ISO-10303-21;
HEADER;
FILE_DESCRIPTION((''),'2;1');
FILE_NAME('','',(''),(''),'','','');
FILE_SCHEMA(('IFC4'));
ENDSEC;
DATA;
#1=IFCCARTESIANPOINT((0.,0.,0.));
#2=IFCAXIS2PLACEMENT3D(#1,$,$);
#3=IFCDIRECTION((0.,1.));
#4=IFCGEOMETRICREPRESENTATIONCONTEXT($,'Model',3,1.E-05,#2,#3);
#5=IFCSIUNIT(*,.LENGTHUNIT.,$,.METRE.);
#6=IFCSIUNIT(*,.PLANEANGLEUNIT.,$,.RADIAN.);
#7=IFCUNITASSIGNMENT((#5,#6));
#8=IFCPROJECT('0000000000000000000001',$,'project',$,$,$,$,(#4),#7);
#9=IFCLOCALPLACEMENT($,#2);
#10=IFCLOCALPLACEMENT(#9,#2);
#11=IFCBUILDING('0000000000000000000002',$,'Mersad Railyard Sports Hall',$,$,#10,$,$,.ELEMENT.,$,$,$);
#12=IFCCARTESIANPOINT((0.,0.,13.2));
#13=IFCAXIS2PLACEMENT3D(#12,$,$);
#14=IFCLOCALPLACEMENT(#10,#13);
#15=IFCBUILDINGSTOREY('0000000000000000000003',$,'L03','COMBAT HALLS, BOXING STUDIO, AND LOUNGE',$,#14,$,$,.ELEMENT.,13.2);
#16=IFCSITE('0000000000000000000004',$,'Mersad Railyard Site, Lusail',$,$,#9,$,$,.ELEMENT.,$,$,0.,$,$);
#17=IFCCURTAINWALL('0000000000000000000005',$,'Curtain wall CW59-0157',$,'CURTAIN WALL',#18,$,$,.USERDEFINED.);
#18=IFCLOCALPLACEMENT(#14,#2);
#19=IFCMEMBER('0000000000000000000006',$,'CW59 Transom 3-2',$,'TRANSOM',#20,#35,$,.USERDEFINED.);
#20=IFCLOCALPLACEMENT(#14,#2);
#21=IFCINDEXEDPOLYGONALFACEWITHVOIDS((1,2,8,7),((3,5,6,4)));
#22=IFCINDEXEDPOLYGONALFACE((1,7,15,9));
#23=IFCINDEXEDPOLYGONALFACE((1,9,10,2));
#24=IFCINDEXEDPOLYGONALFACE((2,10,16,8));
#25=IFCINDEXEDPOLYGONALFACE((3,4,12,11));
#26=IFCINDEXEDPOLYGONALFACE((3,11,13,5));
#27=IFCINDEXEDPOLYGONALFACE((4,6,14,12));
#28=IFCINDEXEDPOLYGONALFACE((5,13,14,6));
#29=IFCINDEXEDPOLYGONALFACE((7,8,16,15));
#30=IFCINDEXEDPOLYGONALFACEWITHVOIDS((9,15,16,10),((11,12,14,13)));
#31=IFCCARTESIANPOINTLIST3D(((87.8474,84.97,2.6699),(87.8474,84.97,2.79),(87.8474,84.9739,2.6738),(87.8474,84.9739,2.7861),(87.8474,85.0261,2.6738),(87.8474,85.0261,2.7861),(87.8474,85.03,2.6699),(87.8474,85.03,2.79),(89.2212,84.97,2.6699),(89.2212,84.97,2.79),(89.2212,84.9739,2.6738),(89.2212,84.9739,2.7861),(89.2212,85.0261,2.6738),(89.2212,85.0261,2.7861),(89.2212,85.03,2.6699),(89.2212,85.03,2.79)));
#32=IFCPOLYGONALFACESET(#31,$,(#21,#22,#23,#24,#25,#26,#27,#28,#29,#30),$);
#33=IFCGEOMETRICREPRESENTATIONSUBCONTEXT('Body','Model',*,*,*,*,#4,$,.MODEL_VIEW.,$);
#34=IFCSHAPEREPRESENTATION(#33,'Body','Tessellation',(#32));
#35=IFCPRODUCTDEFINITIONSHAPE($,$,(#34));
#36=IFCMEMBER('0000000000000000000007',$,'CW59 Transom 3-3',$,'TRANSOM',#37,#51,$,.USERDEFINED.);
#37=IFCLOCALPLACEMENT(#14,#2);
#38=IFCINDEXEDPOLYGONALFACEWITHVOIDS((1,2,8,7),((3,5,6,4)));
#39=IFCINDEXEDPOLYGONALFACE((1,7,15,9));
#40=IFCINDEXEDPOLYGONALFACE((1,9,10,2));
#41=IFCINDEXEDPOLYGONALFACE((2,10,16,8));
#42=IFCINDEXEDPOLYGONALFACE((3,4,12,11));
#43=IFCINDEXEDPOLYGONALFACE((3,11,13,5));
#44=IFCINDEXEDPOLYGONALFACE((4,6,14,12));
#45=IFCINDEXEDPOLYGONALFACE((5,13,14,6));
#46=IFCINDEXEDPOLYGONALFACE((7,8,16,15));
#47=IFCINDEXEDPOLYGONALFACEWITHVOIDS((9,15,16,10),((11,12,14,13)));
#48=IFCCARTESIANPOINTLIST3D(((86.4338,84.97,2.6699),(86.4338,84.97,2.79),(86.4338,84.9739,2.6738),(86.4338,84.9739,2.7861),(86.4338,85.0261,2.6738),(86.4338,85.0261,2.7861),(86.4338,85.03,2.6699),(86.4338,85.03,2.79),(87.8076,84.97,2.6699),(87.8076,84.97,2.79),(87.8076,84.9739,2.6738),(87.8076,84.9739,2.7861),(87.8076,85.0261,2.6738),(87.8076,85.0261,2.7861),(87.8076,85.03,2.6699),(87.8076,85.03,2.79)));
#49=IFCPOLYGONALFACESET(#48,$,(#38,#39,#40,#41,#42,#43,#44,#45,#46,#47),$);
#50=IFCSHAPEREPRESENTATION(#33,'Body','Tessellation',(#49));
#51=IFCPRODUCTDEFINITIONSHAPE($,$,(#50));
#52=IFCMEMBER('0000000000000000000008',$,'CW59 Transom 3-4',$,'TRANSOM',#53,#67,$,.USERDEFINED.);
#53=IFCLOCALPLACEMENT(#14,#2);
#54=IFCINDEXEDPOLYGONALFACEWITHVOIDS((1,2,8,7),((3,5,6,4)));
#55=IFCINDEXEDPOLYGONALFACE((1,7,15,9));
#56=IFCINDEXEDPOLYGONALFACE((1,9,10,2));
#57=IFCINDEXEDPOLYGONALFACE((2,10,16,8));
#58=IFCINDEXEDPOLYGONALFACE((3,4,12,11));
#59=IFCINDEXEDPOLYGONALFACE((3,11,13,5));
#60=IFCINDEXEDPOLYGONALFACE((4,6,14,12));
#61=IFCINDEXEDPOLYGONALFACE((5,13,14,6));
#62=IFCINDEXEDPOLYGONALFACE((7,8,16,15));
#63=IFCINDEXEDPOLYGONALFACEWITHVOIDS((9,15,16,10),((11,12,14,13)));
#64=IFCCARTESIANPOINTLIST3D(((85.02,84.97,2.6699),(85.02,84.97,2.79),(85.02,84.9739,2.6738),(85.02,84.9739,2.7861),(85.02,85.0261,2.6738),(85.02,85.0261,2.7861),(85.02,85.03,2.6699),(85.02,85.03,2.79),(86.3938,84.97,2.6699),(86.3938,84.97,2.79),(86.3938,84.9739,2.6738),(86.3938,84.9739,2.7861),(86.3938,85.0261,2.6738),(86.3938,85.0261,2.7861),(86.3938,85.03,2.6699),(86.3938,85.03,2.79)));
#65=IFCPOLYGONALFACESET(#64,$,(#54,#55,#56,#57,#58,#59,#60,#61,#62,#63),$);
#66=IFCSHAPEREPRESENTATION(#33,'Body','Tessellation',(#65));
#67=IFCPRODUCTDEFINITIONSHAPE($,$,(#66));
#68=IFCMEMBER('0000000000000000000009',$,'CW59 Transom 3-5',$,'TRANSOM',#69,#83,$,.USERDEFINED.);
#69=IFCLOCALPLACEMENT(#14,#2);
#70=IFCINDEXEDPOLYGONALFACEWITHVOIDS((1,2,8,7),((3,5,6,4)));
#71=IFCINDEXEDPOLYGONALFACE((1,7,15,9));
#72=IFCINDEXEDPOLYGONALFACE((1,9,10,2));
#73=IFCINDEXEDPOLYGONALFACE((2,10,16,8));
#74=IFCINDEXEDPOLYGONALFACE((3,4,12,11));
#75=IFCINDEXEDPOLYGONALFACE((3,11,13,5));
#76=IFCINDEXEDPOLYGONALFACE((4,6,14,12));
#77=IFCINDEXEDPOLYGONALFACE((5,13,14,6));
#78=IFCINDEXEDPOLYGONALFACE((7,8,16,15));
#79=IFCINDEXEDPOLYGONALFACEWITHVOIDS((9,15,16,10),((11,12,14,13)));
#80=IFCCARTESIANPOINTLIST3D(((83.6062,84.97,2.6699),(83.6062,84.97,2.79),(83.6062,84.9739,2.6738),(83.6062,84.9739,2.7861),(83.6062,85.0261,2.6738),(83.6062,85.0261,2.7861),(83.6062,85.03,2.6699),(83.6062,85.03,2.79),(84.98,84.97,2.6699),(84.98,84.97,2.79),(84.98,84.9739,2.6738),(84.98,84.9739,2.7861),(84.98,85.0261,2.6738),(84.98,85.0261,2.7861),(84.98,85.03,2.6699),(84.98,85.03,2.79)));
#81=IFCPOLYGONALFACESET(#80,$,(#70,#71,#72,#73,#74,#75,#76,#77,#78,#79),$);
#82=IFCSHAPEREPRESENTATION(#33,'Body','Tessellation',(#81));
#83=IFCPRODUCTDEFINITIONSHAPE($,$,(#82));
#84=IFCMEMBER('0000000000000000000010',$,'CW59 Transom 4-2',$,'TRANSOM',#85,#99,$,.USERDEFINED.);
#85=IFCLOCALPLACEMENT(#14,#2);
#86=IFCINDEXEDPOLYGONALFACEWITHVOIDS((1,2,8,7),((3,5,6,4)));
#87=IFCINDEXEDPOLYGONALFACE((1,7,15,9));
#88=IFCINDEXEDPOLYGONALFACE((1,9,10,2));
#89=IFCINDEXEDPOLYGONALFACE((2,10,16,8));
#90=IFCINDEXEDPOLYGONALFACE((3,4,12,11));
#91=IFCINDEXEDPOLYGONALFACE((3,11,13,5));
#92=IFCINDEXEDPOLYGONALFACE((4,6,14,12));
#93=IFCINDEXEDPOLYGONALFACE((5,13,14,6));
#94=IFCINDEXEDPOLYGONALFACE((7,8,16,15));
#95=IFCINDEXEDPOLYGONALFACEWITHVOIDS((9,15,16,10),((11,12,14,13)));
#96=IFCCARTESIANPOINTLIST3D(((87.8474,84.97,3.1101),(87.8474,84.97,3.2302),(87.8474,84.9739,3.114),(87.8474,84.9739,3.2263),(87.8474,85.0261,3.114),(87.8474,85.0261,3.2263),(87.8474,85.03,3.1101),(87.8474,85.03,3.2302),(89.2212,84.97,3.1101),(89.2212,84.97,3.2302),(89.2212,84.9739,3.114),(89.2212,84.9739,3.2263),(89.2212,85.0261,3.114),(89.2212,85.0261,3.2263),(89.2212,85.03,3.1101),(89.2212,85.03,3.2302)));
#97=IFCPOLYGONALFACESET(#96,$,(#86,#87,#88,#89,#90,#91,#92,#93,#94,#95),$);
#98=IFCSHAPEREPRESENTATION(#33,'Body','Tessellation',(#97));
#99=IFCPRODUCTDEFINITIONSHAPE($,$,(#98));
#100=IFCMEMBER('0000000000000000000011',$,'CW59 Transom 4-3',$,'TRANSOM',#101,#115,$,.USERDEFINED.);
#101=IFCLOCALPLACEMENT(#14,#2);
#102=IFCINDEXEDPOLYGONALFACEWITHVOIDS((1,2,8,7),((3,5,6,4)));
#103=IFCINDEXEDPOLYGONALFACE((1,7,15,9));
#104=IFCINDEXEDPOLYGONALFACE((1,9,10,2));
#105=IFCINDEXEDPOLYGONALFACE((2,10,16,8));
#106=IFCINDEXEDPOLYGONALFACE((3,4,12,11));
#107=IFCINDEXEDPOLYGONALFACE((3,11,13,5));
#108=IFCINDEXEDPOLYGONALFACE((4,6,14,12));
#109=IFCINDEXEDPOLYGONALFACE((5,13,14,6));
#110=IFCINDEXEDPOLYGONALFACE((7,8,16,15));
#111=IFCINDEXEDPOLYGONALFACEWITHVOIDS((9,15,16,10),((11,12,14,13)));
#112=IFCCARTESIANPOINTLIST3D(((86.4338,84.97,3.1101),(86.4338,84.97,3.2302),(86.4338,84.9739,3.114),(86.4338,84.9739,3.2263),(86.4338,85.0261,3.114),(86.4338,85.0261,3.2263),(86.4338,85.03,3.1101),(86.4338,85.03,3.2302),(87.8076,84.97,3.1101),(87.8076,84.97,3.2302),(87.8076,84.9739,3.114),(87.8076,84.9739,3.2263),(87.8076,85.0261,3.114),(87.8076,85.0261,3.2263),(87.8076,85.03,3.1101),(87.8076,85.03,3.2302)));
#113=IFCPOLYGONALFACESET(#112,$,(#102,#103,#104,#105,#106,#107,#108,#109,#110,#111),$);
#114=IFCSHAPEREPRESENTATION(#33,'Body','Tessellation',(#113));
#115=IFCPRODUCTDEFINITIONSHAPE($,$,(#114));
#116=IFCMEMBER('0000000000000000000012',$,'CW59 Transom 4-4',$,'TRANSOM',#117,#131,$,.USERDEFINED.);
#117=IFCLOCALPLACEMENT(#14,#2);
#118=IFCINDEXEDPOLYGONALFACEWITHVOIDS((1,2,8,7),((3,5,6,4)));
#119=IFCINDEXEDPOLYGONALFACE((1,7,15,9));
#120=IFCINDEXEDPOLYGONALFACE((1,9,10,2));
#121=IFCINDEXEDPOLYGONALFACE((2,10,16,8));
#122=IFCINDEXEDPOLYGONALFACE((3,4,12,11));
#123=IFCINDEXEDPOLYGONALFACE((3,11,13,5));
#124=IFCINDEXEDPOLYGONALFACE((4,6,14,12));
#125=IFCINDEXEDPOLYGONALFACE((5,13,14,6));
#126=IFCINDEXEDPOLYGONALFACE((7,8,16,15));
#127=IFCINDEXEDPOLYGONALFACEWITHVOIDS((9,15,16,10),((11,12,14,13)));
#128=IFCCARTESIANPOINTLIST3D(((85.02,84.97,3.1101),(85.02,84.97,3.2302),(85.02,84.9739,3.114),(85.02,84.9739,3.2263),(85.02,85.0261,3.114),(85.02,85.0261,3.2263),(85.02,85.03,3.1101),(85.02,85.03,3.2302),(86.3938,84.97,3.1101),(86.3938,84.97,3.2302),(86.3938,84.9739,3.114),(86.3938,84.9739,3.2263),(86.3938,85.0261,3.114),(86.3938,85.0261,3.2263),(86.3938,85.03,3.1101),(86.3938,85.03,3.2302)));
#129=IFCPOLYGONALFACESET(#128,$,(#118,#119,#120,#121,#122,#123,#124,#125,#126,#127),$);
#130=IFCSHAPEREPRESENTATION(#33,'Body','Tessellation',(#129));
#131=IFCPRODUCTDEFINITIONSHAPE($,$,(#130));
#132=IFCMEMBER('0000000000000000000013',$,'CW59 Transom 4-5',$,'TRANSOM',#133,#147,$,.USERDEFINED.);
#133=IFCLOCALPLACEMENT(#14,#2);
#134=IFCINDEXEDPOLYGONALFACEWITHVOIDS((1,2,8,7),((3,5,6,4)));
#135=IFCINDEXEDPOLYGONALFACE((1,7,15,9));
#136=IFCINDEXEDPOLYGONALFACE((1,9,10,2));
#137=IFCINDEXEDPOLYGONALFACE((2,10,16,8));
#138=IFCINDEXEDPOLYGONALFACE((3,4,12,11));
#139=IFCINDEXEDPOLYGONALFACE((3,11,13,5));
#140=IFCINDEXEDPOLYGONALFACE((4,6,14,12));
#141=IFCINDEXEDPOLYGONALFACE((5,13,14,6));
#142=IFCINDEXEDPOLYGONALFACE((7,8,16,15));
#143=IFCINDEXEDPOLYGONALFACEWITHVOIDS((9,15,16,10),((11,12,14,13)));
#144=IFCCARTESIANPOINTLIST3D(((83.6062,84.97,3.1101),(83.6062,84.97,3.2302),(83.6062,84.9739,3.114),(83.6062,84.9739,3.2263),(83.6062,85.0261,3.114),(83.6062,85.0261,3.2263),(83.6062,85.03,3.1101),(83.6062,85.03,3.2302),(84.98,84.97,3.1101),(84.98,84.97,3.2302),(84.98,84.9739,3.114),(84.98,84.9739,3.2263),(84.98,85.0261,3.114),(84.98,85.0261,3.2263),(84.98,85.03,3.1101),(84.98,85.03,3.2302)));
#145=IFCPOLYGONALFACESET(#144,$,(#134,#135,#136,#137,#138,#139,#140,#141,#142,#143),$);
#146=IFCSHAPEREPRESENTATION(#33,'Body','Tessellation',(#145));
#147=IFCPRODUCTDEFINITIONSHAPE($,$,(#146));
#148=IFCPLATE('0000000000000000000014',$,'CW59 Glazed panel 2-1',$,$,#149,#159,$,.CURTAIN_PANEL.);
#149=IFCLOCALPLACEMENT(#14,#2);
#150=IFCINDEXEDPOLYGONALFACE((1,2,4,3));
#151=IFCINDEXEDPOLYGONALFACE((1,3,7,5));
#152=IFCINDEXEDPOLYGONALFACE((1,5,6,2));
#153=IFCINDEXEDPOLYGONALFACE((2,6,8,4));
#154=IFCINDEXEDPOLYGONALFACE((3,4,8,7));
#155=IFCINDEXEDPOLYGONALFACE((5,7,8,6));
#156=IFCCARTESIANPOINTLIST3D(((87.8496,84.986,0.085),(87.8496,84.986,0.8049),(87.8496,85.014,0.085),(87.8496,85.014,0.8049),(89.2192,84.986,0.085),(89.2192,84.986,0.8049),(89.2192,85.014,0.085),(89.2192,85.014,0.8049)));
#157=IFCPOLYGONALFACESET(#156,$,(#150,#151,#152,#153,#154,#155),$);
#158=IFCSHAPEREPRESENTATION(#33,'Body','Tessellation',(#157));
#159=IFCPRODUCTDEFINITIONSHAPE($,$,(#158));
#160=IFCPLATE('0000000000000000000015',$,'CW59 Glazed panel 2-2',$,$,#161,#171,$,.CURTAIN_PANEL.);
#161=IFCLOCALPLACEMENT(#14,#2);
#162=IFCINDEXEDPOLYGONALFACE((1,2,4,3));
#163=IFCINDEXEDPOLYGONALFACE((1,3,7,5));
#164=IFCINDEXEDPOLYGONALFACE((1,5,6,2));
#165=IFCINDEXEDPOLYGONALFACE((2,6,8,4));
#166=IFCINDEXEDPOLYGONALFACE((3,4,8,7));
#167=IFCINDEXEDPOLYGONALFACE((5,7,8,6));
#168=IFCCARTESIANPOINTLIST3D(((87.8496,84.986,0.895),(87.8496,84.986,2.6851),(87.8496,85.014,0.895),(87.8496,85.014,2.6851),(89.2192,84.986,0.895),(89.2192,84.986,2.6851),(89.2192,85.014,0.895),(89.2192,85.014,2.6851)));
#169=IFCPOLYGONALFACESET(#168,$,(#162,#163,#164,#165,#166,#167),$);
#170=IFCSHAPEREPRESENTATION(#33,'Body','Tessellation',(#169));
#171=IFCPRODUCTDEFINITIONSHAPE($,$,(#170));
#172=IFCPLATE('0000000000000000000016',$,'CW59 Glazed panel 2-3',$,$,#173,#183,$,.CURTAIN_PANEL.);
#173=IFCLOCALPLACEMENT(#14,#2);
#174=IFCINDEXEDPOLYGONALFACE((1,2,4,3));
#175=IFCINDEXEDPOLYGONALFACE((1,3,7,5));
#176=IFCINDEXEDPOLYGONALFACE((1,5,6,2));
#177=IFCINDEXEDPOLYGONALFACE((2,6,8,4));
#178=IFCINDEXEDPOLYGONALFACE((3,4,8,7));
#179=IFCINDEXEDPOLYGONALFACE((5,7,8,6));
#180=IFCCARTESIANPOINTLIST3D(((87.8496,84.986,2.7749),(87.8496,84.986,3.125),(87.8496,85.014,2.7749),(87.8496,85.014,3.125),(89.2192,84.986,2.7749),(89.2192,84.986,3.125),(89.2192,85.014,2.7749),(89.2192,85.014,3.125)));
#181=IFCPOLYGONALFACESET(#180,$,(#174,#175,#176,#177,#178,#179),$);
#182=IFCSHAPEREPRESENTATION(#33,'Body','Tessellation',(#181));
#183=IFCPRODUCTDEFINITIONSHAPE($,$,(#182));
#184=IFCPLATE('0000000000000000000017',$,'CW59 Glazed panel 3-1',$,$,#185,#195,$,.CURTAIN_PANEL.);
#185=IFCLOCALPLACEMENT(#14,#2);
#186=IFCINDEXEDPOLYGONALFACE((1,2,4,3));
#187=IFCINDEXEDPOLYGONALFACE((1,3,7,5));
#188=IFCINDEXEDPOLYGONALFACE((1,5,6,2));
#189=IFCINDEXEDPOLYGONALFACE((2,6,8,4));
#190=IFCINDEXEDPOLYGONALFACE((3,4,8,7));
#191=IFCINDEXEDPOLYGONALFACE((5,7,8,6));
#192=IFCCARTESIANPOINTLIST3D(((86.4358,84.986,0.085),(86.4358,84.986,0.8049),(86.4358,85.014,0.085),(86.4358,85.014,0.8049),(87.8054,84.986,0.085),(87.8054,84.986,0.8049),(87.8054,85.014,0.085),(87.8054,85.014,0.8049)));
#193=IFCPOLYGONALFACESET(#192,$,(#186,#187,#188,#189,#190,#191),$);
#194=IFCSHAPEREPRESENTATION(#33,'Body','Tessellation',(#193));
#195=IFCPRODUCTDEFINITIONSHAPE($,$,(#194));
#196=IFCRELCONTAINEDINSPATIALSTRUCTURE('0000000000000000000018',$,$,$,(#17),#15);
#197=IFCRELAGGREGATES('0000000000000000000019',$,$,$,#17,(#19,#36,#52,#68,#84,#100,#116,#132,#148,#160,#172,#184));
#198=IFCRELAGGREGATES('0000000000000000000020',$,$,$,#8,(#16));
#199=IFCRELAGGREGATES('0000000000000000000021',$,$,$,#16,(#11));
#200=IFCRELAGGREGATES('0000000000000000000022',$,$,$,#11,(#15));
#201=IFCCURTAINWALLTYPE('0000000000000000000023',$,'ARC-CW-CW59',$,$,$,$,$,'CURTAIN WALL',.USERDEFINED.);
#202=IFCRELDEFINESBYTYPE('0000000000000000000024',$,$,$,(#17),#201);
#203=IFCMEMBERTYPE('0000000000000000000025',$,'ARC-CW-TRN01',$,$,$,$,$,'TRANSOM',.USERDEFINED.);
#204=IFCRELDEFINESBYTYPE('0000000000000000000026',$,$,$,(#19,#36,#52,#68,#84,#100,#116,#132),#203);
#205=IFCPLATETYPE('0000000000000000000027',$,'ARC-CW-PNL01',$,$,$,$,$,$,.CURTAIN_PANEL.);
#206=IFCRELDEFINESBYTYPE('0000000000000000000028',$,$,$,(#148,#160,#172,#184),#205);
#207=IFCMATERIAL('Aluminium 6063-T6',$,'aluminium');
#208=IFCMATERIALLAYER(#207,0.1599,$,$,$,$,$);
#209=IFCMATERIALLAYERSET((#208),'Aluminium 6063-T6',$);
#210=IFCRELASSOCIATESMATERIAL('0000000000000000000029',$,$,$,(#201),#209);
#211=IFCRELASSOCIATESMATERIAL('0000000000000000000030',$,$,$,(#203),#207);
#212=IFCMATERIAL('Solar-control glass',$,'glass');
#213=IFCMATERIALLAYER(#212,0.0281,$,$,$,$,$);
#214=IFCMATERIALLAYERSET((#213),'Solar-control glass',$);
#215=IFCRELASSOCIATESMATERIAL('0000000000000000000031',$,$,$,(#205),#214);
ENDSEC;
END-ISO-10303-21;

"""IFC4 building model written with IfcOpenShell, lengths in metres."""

from ifc_helpers import new_model, si_unit, direction, frame, origin, origin_2d, place, context, subcontext, project, spatial, rectangle, hollow_rectangle, extrude, material, layer, layer_set, material_profile, profile_set, type_object, element, aggregate, save


model = new_model("IFC4")

# Units and contexts
model_context = context("Model", 3, precision=1e-05, world=origin(), true_north=direction((0.0, 1.0)))
body_context = subcontext(model_context, "Body", "Model", "MODEL_VIEW")
ifc_project = project(units=[si_unit("LENGTHUNIT", "METRE"), si_unit("PLANEANGLEUNIT", "RADIAN")], contexts=[model_context])

# Site, building, storey
site_placement = place(None, origin())
site = spatial("IfcSite", under=ifc_project, at=site_placement, Name="Mersad Railyard Site, Lusail", CompositionType="ELEMENT", RefElevation=0.0)
building_placement = place(site_placement, origin())
building = spatial("IfcBuilding", under=site, at=building_placement, Name="Mersad Railyard Sports Hall", CompositionType="ELEMENT")
storey_placement = place(building_placement, frame((0.0, 0.0, 13.2)))
storey = spatial("IfcBuildingStorey", under=building, at=storey_placement, Name="L03", Description="COMBAT HALLS, BOXING STUDIO, AND LOUNGE", CompositionType="ELEMENT", Elevation=13.2)

# Curtain wall, members, plates
ifc_material_1 = material(Name="Aluminium 6063-T6", Category="aluminium")
ifc_layer_1 = layer(ifc_material_1, 0.1599)
ifc_layer_set_1 = layer_set([ifc_layer_1], Name="Aluminium 6063-T6")
curtain_wall_type = type_object("IfcCurtainWallType", Name="ARC-CW-CW59", ElementType="CURTAIN WALL", PredefinedType="USERDEFINED", material=ifc_layer_set_1)
curtain_wall_placement = place(storey_placement, origin())
curtain_wall = element("IfcCurtainWall", 1, at=curtain_wall_placement, inside=storey, type_object=curtain_wall_type, Name="Curtain wall CW59-0157", ObjectType="CURTAIN WALL", PredefinedType="USERDEFINED")
ifc_material_profile_1 = material_profile(ifc_material_1, hollow_rectangle(XDim=0.0601, YDim=0.1201, WallThickness=0.0039, at=origin_2d()), Name="AL TRANSOM 60x120x4")
ifc_profile_set_1 = profile_set([ifc_material_profile_1], Name="Aluminium 6063-T6")
member_type_1 = type_object("IfcMemberType", Name="ARC-CW-TRN01", ElementType="TRANSOM", PredefinedType="USERDEFINED", material=ifc_profile_set_1)
member_1_placement = place(storey_placement, frame((89.2212, 85.0, 2.73), z_axis=(-1.0, 0.0, 0.0), x_axis=(0.0, -1.0, 0.0)))
member_1 = element("IfcMember", 2, at=member_1_placement, type_object=member_type_1, Name="CW59 Transom 3-2", ObjectType="TRANSOM", PredefinedType="USERDEFINED", context=body_context, shape_type="SweptSolid", body=[
    extrude(hollow_rectangle(XDim=0.0601, YDim=0.1201, WallThickness=0.0039, at=origin_2d()), origin(), (0.0, 0.0, 1.0), 1.3738),
])
member_2_placement = place(storey_placement, frame((87.8076, 85.0, 2.73), z_axis=(-1.0, 0.0, 0.0), x_axis=(0.0, -1.0, 0.0)))
member_2 = element("IfcMember", 3, at=member_2_placement, type_object=member_type_1, Name="CW59 Transom 3-3", ObjectType="TRANSOM", PredefinedType="USERDEFINED", context=body_context, shape_type="SweptSolid", body=[
    extrude(hollow_rectangle(XDim=0.0601, YDim=0.1201, WallThickness=0.0039, at=origin_2d()), origin(), (0.0, 0.0, 1.0), 1.3738),
])
member_3_placement = place(storey_placement, frame((86.3938, 85.0, 2.73), z_axis=(-1.0, 0.0, 0.0), x_axis=(0.0, -1.0, 0.0)))
member_3 = element("IfcMember", 4, at=member_3_placement, type_object=member_type_1, Name="CW59 Transom 3-4", ObjectType="TRANSOM", PredefinedType="USERDEFINED", context=body_context, shape_type="SweptSolid", body=[
    extrude(hollow_rectangle(XDim=0.0601, YDim=0.1201, WallThickness=0.0039, at=origin_2d()), origin(), (0.0, 0.0, 1.0), 1.3738),
])
member_4_placement = place(storey_placement, frame((84.98, 85.0, 2.73), z_axis=(-1.0, 0.0, 0.0), x_axis=(0.0, -1.0, 0.0)))
member_4 = element("IfcMember", 5, at=member_4_placement, type_object=member_type_1, Name="CW59 Transom 3-5", ObjectType="TRANSOM", PredefinedType="USERDEFINED", context=body_context, shape_type="SweptSolid", body=[
    extrude(hollow_rectangle(XDim=0.0601, YDim=0.1201, WallThickness=0.0039, at=origin_2d()), origin(), (0.0, 0.0, 1.0), 1.3738),
])
member_5_placement = place(storey_placement, frame((89.2212, 85.0, 3.1702), z_axis=(-1.0, 0.0, 0.0), x_axis=(0.0, -1.0, 0.0)))
member_5 = element("IfcMember", 6, at=member_5_placement, type_object=member_type_1, Name="CW59 Transom 4-2", ObjectType="TRANSOM", PredefinedType="USERDEFINED", context=body_context, shape_type="SweptSolid", body=[
    extrude(hollow_rectangle(XDim=0.0601, YDim=0.1201, WallThickness=0.0039, at=origin_2d()), origin(), (0.0, 0.0, 1.0), 1.3738),
])
member_6_placement = place(storey_placement, frame((87.8076, 85.0, 3.1702), z_axis=(-1.0, 0.0, 0.0), x_axis=(0.0, -1.0, 0.0)))
member_6 = element("IfcMember", 7, at=member_6_placement, type_object=member_type_1, Name="CW59 Transom 4-3", ObjectType="TRANSOM", PredefinedType="USERDEFINED", context=body_context, shape_type="SweptSolid", body=[
    extrude(hollow_rectangle(XDim=0.0601, YDim=0.1201, WallThickness=0.0039, at=origin_2d()), origin(), (0.0, 0.0, 1.0), 1.3738),
])
member_7_placement = place(storey_placement, frame((86.3938, 85.0, 3.1702), z_axis=(-1.0, 0.0, 0.0), x_axis=(0.0, -1.0, 0.0)))
member_7 = element("IfcMember", 8, at=member_7_placement, type_object=member_type_1, Name="CW59 Transom 4-4", ObjectType="TRANSOM", PredefinedType="USERDEFINED", context=body_context, shape_type="SweptSolid", body=[
    extrude(hollow_rectangle(XDim=0.0601, YDim=0.1201, WallThickness=0.0039, at=origin_2d()), origin(), (0.0, 0.0, 1.0), 1.3738),
])
member_8_placement = place(storey_placement, frame((84.98, 85.0, 3.1702), z_axis=(-1.0, 0.0, 0.0), x_axis=(0.0, -1.0, 0.0)))
member_8 = element("IfcMember", 9, at=member_8_placement, type_object=member_type_1, Name="CW59 Transom 4-5", ObjectType="TRANSOM", PredefinedType="USERDEFINED", context=body_context, shape_type="SweptSolid", body=[
    extrude(hollow_rectangle(XDim=0.0601, YDim=0.1201, WallThickness=0.0039, at=origin_2d()), origin(), (0.0, 0.0, 1.0), 1.3738),
])
ifc_material_2 = material(Name="Solar-control glass", Category="glass")
ifc_layer_2 = layer(ifc_material_2, 0.0281)
ifc_layer_set_2 = layer_set([ifc_layer_2], Name="Solar-control glass")
plate_type = type_object("IfcPlateType", Name="ARC-CW-PNL01", PredefinedType="CURTAIN_PANEL", material=ifc_layer_set_2)
plate_1_placement = place(storey_placement, frame((88.5344, 85.0, 0.085), z_axis=(0.0, 0.0, 1.0), x_axis=(-1.0, 0.0, 0.0)))
plate_1 = element("IfcPlate", 10, at=plate_1_placement, type_object=plate_type, Name="CW59 Glazed panel 2-1", PredefinedType="CURTAIN_PANEL", context=body_context, shape_type="SweptSolid", body=[
    extrude(rectangle(XDim=1.3696, YDim=0.0281, at=origin_2d()), origin(), (0.0, 0.0, 1.0), 0.72),
])
plate_2_placement = place(storey_placement, frame((88.5344, 85.0, 0.895), z_axis=(0.0, 0.0, 1.0), x_axis=(-1.0, 0.0, 0.0)))
plate_2 = element("IfcPlate", 11, at=plate_2_placement, type_object=plate_type, Name="CW59 Glazed panel 2-2", PredefinedType="CURTAIN_PANEL", context=body_context, shape_type="SweptSolid", body=[
    extrude(rectangle(XDim=1.3696, YDim=0.0281, at=origin_2d()), origin(), (0.0, 0.0, 1.0), 1.79),
])
plate_3_placement = place(storey_placement, frame((88.5344, 85.0, 2.7749), z_axis=(0.0, 0.0, 1.0), x_axis=(-1.0, 0.0, 0.0)))
plate_3 = element("IfcPlate", 12, at=plate_3_placement, type_object=plate_type, Name="CW59 Glazed panel 2-3", PredefinedType="CURTAIN_PANEL", context=body_context, shape_type="SweptSolid", body=[
    extrude(rectangle(XDim=1.3696, YDim=0.0281, at=origin_2d()), origin(), (0.0, 0.0, 1.0), 0.3501),
])
plate_4_placement = place(storey_placement, frame((87.1206, 85.0, 0.085), z_axis=(0.0, 0.0, 1.0), x_axis=(-1.0, 0.0, 0.0)))
plate_4 = element("IfcPlate", 13, at=plate_4_placement, type_object=plate_type, Name="CW59 Glazed panel 3-1", PredefinedType="CURTAIN_PANEL", context=body_context, shape_type="SweptSolid", body=[
    extrude(rectangle(XDim=1.3696, YDim=0.0281, at=origin_2d()), origin(), (0.0, 0.0, 1.0), 0.72),
])
aggregate(curtain_wall, [member_1, member_2, member_3, member_4, member_5, member_6, member_7, member_8, plate_1, plate_2, plate_3, plate_4])

save(model, "model.ifc")
